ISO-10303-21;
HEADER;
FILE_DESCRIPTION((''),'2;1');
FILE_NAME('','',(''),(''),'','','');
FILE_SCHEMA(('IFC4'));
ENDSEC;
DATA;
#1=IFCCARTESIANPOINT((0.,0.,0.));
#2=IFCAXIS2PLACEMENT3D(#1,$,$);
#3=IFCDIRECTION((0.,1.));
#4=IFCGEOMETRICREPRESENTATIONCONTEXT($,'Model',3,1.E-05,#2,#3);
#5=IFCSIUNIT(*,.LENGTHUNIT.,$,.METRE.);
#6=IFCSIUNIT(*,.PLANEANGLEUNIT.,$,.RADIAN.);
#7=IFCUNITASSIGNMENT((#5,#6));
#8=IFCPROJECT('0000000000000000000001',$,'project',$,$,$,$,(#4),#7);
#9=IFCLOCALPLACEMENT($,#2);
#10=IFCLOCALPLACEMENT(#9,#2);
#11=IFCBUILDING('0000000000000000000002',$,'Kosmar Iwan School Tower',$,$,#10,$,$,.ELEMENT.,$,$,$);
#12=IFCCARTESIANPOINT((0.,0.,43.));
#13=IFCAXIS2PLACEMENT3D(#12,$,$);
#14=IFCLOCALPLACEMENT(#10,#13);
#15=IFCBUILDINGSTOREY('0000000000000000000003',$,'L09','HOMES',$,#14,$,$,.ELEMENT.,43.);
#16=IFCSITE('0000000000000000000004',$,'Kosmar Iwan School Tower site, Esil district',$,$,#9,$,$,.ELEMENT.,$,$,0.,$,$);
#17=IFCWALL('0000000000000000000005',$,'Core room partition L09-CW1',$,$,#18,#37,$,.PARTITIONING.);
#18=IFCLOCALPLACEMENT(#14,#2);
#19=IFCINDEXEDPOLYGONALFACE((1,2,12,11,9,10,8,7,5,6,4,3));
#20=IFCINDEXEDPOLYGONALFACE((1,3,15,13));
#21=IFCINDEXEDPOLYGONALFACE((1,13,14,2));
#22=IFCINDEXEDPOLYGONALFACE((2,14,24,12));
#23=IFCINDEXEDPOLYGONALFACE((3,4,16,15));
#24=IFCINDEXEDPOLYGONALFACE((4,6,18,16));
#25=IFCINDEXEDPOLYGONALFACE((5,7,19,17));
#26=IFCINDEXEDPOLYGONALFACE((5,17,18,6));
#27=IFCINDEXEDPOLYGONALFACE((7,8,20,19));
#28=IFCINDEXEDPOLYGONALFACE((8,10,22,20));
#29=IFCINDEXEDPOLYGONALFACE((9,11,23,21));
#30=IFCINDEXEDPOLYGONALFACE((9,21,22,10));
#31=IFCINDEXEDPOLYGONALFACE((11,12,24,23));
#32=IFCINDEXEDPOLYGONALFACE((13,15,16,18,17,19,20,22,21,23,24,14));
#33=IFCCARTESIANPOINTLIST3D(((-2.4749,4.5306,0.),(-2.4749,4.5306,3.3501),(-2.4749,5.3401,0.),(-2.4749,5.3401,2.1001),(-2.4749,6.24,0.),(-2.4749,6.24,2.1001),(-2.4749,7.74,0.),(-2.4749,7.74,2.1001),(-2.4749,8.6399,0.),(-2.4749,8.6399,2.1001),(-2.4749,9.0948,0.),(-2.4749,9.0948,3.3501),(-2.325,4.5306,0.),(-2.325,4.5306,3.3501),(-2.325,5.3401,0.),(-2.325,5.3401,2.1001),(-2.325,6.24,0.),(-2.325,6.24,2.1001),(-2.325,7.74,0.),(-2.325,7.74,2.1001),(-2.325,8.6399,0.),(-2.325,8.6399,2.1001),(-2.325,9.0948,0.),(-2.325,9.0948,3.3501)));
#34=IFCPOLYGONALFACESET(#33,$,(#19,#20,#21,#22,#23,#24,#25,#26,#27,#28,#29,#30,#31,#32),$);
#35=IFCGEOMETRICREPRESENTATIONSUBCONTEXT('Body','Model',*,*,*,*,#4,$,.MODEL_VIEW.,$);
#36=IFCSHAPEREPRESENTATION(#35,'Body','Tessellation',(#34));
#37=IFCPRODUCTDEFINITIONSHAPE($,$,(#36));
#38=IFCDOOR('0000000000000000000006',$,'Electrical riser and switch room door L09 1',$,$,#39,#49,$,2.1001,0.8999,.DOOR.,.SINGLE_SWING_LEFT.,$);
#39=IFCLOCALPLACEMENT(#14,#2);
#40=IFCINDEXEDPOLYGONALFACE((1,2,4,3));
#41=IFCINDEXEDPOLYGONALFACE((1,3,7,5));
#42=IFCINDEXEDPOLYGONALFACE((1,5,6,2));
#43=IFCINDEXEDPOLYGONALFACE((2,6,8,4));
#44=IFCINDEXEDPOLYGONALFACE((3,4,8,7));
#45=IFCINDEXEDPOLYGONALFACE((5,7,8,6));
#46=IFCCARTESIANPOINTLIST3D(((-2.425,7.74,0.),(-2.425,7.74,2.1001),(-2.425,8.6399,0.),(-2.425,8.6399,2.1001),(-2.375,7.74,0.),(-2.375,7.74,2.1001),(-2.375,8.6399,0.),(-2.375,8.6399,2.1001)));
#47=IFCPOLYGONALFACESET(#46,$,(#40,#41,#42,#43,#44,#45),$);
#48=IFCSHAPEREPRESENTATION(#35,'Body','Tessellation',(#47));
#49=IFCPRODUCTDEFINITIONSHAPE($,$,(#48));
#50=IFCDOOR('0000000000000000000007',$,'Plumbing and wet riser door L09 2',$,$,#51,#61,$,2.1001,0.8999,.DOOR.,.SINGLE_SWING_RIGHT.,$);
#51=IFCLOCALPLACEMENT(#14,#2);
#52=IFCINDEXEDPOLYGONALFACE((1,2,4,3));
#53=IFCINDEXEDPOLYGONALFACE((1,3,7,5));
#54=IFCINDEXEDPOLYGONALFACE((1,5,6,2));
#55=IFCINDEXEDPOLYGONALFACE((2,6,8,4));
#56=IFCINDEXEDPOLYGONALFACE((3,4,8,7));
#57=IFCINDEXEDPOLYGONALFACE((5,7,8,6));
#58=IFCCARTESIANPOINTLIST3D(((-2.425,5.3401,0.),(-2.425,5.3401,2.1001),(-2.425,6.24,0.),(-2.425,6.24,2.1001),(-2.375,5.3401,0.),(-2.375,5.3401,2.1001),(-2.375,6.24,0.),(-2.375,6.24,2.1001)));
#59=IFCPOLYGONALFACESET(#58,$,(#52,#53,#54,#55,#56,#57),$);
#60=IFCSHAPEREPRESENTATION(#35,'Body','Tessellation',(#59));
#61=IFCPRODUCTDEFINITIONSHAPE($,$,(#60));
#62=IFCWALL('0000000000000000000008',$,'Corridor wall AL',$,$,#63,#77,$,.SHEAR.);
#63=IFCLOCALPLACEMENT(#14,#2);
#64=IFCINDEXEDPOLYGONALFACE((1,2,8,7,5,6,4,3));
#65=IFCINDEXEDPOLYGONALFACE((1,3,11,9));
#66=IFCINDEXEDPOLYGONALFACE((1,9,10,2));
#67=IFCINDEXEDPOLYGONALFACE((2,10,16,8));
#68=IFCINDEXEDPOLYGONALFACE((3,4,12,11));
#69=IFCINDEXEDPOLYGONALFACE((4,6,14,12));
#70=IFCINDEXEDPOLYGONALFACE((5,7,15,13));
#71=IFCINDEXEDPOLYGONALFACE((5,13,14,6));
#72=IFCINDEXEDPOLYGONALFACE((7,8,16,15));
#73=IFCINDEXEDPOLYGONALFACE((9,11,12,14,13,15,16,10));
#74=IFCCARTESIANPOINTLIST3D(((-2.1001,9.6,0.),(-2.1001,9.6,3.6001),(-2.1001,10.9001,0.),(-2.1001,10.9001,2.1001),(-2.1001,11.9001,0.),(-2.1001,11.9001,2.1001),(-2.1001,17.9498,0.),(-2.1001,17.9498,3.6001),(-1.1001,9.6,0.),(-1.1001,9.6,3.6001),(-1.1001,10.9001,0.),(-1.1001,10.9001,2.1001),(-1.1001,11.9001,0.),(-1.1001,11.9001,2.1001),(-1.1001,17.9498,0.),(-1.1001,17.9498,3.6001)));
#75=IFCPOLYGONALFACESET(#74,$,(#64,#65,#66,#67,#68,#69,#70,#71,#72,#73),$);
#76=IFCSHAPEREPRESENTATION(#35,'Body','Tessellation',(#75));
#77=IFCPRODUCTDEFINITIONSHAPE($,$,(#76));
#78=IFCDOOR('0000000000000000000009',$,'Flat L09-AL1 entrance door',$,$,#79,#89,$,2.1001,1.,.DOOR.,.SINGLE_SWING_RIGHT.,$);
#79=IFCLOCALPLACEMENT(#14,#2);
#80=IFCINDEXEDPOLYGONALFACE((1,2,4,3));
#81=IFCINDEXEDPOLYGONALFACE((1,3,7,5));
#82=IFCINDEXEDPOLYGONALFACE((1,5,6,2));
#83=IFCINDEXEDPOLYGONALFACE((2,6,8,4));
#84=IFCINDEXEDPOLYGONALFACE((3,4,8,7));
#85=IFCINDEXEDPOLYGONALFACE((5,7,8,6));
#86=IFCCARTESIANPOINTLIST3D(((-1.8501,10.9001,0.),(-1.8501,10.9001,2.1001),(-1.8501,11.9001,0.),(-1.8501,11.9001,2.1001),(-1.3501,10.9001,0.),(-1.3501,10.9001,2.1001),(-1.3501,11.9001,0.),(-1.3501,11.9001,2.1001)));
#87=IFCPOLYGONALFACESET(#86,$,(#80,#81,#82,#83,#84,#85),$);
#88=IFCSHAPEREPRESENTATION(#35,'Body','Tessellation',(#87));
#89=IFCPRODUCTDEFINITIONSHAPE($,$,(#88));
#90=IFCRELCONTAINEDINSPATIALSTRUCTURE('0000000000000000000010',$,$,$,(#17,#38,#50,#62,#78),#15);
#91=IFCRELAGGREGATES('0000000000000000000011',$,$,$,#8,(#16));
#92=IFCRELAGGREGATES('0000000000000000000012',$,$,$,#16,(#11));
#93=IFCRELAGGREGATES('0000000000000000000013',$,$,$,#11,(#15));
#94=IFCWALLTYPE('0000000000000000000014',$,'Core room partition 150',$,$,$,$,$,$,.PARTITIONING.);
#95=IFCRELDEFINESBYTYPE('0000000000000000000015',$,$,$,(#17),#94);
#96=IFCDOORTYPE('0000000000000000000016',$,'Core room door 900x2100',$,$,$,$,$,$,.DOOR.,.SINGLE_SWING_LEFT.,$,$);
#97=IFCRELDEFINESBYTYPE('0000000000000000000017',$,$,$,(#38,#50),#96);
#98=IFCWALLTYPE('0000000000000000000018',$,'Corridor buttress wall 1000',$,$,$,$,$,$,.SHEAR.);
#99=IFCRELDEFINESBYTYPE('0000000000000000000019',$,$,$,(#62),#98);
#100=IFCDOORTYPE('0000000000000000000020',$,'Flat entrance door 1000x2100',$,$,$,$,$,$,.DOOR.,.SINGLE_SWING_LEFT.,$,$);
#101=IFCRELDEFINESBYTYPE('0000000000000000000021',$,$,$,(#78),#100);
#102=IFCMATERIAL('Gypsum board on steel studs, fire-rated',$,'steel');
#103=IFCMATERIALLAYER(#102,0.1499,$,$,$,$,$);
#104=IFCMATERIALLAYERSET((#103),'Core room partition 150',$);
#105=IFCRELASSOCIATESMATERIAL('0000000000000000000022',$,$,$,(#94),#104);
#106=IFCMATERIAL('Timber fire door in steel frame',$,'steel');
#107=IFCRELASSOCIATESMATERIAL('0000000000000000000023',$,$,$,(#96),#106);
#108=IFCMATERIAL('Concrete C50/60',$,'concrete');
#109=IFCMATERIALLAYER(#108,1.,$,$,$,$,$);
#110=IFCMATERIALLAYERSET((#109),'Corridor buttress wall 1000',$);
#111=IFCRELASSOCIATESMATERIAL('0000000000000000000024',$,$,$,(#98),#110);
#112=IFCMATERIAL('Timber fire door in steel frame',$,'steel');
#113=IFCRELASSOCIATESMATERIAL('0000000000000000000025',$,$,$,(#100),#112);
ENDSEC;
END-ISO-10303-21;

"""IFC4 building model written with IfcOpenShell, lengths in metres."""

from ifc_helpers import new_model, si_unit, direction, frame, frame_2d, origin, place, context, subcontext, project, spatial, rectangle, extrude, material, layer, layer_set, type_object, element, fill, save


model = new_model("IFC4")

# Units and contexts
model_context = context("Model", 3, precision=1e-05, world=origin(), true_north=direction((0.0, 1.0)))
body_context = subcontext(model_context, "Body", "Model", "MODEL_VIEW")
ifc_project = project(units=[si_unit("LENGTHUNIT", "METRE"), si_unit("PLANEANGLEUNIT", "RADIAN")], contexts=[model_context])

# Site, building, storey
site_placement = place(None, origin())
site = spatial("IfcSite", under=ifc_project, at=site_placement, Name="Kosmar Iwan School Tower site, Esil district", CompositionType="ELEMENT", RefElevation=0.0)
building_placement = place(site_placement, origin())
building = spatial("IfcBuilding", under=site, at=building_placement, Name="Kosmar Iwan School Tower", CompositionType="ELEMENT")
storey_placement = place(building_placement, frame((0.0, 0.0, 43.0)))
storey = spatial("IfcBuildingStorey", under=building, at=storey_placement, Name="L09", Description="HOMES", CompositionType="ELEMENT", Elevation=43.0)

# Wall, openings, doors
ifc_material_1 = material(Name="Gypsum board on steel studs, fire-rated", Category="steel")
ifc_layer_1 = layer(ifc_material_1, 0.1499)
ifc_layer_set_1 = layer_set([ifc_layer_1], Name="Core room partition 150")
wall_type_1 = type_object("IfcWallType", Name="Core room partition 150", PredefinedType="PARTITIONING", material=ifc_layer_set_1)
wall_1_placement = place(storey_placement, frame((-2.3999, 9.095, 0.0), z_axis=(0.0, 0.0, 1.0), x_axis=(0.0, -1.0, 0.0)))
wall_1 = element("IfcWall", 1, at=wall_1_placement, inside=storey, type_object=wall_type_1, Name="Core room partition L09-CW1", PredefinedType="PARTITIONING", context=body_context, shape_type="SweptSolid", body=[
    extrude(rectangle(XDim=4.5642, YDim=0.1499, at=frame_2d((2.2822, 0.0))), origin(), (0.0, 0.0, 1.0), 3.3501),
])
opening_1_placement = place(wall_1_placement, frame((0.4551, 0.0, 0.0)))
opening_1 = element("IfcOpeningElement", 2, at=opening_1_placement, cuts=wall_1, PredefinedType="OPENING", context=body_context, shape_type="SweptSolid", body=[
    extrude(rectangle(XDim=0.8999, YDim=2.1001, at=frame_2d((0.45, 1.05))), frame((0.0, 0.0869, 0.0), z_axis=(0.0, -1.0, 0.0), x_axis=(1.0, 0.0, 0.0)), (0.0, 0.0, 1.0), 0.1738),
])
opening_2_placement = place(wall_1_placement, frame((2.855, 0.0, 0.0)))
opening_2 = element("IfcOpeningElement", 3, at=opening_2_placement, cuts=wall_1, PredefinedType="OPENING", context=body_context, shape_type="SweptSolid", body=[
    extrude(rectangle(XDim=0.8999, YDim=2.1001, at=frame_2d((0.45, 1.05))), frame((0.0, 0.0869, 0.0), z_axis=(0.0, -1.0, 0.0), x_axis=(1.0, 0.0, 0.0)), (0.0, 0.0, 1.0), 0.1738),
])
ifc_material_2 = material(Name="Timber fire door in steel frame", Category="steel")
door_type_1 = type_object("IfcDoorType", Name="Core room door 900x2100", OperationType="SINGLE_SWING_LEFT", PredefinedType="DOOR", material=ifc_material_2)
door_1_placement = place(opening_1_placement, origin())
door_1 = element("IfcDoor", 4, at=door_1_placement, inside=storey, type_object=door_type_1, Name="Electrical riser and switch room door L09 1", OperationType="SINGLE_SWING_LEFT", OverallHeight=2.1001, OverallWidth=0.8999, PredefinedType="DOOR", context=body_context, shape_type="SweptSolid", body=[
    extrude(rectangle(XDim=0.8999, YDim=2.1001, at=frame_2d((0.45, 1.05))), frame((0.0, 0.0249, 0.0), z_axis=(0.0, -1.0, 0.0), x_axis=(1.0, 0.0, 0.0)), (0.0, 0.0, 1.0), 0.05),
])
fill(opening_1, door_1)
door_2_placement = place(opening_2_placement, origin())
door_2 = element("IfcDoor", 5, at=door_2_placement, inside=storey, type_object=door_type_1, Name="Plumbing and wet riser door L09 2", OperationType="SINGLE_SWING_RIGHT", OverallHeight=2.1001, OverallWidth=0.8999, PredefinedType="DOOR", context=body_context, shape_type="SweptSolid", body=[
    extrude(rectangle(XDim=0.8999, YDim=2.1001, at=frame_2d((0.45, 1.05))), frame((0.0, 0.0249, 0.0), z_axis=(0.0, -1.0, 0.0), x_axis=(1.0, 0.0, 0.0)), (0.0, 0.0, 1.0), 0.05),
])
fill(opening_2, door_2)

# Wall, opening, door
ifc_material_3 = material(Name="Concrete C50/60", Category="concrete")
ifc_layer_2 = layer(ifc_material_3, 1.0)
ifc_layer_set_2 = layer_set([ifc_layer_2], Name="Corridor buttress wall 1000")
wall_type_2 = type_object("IfcWallType", Name="Corridor buttress wall 1000", PredefinedType="SHEAR", material=ifc_layer_set_2)
wall_2_placement = place(storey_placement, frame((-1.6001, 9.6001, 0.0), z_axis=(0.0, 0.0, 1.0), x_axis=(0.0, 1.0, 0.0)))
wall_2 = element("IfcWall", 6, at=wall_2_placement, inside=storey, type_object=wall_type_2, Name="Corridor wall AL", PredefinedType="SHEAR", context=body_context, shape_type="SweptSolid", body=[
    extrude(rectangle(XDim=8.3499, YDim=1.0, at=frame_2d((4.1748, 0.0))), origin(), (0.0, 0.0, 1.0), 3.6001),
])
opening_3_placement = place(wall_2_placement, frame((1.3, 0.0, 0.0)))
opening_3 = element("IfcOpeningElement", 7, at=opening_3_placement, cuts=wall_2, PredefinedType="OPENING", context=body_context, shape_type="SweptSolid", body=[
    extrude(rectangle(XDim=1.0, YDim=2.1001, at=frame_2d((0.5, 1.05))), frame((0.0, 0.512, 0.0), z_axis=(0.0, -1.0, 0.0), x_axis=(1.0, 0.0, 0.0)), (0.0, 0.0, 1.0), 1.0239),
])
ifc_material_4 = material(Name="Timber fire door in steel frame", Category="steel")
door_type_2 = type_object("IfcDoorType", Name="Flat entrance door 1000x2100", OperationType="SINGLE_SWING_LEFT", PredefinedType="DOOR", material=ifc_material_4)
door_3_placement = place(opening_3_placement, origin())
door_3 = element("IfcDoor", 8, at=door_3_placement, inside=storey, type_object=door_type_2, Name="Flat L09-AL1 entrance door", OperationType="SINGLE_SWING_RIGHT", OverallHeight=2.1001, OverallWidth=1.0, PredefinedType="DOOR", context=body_context, shape_type="SweptSolid", body=[
    extrude(rectangle(XDim=1.0, YDim=2.1001, at=frame_2d((0.5, 1.05))), frame((0.0, 0.25, 0.0), z_axis=(0.0, -1.0, 0.0), x_axis=(1.0, 0.0, 0.0)), (0.0, 0.0, 1.0), 0.5),
])
fill(opening_3, door_3)

save(model, "model.ifc")
